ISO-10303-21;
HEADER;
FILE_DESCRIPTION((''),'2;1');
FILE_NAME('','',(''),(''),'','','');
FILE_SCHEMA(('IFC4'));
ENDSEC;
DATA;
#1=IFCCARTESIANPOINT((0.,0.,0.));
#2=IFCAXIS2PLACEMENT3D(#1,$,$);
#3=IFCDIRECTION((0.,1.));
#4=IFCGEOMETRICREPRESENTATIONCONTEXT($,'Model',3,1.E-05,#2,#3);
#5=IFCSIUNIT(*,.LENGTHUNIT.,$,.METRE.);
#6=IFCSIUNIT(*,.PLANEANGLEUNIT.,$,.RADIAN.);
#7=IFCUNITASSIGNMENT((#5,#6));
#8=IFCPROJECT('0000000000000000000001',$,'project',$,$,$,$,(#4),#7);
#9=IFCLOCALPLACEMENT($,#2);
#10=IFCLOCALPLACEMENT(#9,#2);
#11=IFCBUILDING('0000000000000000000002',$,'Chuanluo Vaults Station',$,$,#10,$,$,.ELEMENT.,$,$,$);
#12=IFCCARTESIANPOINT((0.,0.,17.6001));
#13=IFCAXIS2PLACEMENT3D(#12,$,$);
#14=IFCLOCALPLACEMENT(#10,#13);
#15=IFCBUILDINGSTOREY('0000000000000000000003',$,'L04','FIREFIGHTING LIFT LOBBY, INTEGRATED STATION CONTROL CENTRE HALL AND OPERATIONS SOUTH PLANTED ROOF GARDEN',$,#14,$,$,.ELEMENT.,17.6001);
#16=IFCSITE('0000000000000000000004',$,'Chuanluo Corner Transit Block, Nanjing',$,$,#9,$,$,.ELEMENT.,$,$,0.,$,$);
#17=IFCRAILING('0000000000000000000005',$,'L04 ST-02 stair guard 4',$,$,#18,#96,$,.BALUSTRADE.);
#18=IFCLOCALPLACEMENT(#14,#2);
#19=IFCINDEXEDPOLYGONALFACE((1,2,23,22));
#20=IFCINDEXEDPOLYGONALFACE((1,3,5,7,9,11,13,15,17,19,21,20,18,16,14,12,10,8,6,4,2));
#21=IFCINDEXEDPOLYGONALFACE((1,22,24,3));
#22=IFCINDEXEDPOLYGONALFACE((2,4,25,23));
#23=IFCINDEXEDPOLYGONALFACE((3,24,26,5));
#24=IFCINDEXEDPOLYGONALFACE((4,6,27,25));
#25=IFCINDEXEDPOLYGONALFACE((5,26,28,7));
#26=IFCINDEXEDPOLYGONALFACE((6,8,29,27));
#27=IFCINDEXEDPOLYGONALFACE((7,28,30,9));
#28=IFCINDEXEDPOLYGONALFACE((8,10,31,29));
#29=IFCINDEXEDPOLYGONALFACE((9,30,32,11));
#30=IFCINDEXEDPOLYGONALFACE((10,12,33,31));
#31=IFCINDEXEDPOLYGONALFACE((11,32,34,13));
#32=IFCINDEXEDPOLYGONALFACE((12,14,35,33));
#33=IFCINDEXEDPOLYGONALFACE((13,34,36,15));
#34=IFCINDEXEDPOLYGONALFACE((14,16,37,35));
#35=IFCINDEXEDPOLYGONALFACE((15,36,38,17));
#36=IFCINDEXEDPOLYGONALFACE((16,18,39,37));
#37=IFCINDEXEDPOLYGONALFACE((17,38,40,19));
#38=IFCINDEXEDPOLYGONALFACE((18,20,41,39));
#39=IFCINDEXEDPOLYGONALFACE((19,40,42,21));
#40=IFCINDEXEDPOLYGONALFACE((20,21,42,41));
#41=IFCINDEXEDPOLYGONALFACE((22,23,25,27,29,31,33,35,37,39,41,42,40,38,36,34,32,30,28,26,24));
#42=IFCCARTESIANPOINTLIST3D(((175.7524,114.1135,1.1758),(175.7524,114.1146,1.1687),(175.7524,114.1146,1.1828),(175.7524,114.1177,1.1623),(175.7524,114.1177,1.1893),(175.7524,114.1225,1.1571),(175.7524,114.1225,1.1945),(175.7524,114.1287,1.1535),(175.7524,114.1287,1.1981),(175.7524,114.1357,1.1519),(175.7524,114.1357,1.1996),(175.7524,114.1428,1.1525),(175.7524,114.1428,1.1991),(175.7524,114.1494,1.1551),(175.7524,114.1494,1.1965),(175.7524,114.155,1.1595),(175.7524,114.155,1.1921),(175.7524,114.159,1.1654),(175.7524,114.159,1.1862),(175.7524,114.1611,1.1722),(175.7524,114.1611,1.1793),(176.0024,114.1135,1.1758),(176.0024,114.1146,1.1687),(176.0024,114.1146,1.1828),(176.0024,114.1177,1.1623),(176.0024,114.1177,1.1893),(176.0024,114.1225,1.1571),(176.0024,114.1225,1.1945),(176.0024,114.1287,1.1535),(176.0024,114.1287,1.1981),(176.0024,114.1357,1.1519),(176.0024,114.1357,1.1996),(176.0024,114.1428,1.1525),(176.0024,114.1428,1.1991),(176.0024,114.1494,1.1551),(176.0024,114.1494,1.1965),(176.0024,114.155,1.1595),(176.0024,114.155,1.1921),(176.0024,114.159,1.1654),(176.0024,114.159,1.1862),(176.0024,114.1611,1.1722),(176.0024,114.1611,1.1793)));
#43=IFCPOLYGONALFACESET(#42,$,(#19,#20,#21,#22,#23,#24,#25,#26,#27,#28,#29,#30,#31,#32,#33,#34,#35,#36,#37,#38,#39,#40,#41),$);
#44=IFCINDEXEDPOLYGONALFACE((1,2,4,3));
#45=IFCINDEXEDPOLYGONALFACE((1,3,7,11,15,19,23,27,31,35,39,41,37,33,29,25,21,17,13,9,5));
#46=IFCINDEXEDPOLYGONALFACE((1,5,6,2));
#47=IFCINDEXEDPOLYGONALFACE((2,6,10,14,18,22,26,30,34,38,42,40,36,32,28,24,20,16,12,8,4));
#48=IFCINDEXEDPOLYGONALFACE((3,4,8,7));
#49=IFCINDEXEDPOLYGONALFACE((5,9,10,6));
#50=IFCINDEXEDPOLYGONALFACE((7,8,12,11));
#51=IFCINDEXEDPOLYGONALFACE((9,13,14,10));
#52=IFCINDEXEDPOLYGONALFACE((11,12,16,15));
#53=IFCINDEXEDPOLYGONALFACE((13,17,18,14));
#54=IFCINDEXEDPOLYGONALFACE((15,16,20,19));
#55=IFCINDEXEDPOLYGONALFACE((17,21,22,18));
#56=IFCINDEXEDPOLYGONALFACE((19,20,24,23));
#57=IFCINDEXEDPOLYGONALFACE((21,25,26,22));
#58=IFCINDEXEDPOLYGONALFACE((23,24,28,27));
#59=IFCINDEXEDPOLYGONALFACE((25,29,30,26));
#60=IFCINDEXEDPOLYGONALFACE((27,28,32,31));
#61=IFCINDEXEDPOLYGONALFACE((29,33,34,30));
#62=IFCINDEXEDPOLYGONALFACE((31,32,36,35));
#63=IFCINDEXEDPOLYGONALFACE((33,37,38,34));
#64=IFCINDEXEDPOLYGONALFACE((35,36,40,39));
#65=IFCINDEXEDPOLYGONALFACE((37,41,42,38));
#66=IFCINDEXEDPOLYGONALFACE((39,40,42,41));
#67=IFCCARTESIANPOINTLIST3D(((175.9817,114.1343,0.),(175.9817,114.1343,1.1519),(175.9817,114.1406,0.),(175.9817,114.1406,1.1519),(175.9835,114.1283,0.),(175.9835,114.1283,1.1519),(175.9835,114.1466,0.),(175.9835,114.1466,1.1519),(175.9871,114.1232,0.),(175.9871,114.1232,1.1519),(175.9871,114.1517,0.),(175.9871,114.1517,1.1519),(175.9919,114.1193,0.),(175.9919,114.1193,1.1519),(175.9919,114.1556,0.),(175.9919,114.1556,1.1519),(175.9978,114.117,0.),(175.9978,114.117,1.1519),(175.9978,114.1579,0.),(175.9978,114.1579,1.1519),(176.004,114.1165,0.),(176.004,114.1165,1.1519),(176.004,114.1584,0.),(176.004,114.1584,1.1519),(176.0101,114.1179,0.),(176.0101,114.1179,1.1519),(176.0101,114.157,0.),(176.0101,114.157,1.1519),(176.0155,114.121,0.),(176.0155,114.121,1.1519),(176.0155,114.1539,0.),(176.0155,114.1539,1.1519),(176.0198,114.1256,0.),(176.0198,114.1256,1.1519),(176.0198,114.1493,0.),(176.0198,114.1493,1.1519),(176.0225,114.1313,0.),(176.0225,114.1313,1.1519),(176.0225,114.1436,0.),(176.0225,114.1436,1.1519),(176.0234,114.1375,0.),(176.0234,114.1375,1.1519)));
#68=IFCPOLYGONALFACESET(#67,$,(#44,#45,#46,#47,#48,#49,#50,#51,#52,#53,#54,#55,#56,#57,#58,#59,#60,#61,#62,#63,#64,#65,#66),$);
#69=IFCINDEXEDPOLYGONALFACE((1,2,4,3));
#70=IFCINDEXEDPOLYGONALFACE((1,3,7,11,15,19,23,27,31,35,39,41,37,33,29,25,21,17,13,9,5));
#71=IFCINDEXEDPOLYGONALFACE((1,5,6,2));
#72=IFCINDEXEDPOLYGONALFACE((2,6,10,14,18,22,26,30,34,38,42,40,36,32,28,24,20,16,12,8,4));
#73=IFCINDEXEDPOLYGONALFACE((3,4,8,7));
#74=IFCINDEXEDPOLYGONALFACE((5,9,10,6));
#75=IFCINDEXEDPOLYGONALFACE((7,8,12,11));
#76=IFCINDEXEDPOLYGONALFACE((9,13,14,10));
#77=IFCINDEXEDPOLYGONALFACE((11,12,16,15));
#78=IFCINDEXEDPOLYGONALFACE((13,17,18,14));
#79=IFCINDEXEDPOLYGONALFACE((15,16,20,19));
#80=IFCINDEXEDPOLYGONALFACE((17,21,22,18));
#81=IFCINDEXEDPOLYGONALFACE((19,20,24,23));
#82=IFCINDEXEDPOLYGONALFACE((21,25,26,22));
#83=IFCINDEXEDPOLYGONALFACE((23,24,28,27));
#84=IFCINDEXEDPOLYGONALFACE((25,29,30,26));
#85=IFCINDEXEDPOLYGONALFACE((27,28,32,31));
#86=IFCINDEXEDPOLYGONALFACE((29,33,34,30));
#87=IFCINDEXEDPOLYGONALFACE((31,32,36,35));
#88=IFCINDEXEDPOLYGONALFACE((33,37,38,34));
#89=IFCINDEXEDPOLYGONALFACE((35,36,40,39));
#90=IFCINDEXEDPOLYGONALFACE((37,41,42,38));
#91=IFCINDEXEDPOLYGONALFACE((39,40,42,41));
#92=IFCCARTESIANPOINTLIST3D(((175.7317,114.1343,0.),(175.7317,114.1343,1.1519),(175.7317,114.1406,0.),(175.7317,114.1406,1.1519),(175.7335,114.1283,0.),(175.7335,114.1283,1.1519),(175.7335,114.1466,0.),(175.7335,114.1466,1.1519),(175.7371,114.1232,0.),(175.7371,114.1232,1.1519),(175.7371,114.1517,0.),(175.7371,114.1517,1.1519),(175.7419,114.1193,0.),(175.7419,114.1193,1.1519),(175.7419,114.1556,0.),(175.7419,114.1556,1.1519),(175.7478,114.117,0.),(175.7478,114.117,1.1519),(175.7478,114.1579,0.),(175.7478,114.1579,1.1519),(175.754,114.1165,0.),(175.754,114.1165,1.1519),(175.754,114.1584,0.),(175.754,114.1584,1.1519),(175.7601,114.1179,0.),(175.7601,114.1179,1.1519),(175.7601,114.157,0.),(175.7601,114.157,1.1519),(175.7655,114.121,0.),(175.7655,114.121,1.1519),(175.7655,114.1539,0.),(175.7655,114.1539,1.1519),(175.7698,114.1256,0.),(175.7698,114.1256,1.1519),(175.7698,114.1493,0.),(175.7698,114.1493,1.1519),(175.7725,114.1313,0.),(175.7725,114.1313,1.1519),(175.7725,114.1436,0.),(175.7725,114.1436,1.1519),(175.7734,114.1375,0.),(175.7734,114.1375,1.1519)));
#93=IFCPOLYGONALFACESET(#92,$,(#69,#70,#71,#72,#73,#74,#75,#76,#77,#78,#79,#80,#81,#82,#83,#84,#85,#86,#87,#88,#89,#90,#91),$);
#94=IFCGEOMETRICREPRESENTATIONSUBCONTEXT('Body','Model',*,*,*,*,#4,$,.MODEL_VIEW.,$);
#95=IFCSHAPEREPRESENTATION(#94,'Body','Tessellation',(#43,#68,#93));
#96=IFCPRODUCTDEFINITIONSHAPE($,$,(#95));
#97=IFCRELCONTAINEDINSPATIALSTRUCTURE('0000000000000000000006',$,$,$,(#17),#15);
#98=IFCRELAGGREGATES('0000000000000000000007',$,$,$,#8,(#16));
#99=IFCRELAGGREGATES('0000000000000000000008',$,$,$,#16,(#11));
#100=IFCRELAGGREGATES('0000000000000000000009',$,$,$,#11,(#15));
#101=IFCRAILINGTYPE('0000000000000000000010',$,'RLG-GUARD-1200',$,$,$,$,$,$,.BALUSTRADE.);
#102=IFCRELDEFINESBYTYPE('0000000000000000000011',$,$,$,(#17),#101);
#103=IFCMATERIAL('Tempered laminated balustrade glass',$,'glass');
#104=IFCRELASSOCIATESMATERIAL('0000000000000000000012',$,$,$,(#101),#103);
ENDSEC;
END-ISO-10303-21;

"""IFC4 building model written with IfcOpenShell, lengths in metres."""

from ifc_helpers import new_model, si_unit, direction, frame, origin, origin_2d, place, context, subcontext, project, spatial, circle, extrude, material, type_object, element, save


model = new_model("IFC4")

# Units and contexts
model_context = context("Model", 3, precision=1e-05, world=origin(), true_north=direction((0.0, 1.0)))
body_context = subcontext(model_context, "Body", "Model", "MODEL_VIEW")
ifc_project = project(units=[si_unit("LENGTHUNIT", "METRE"), si_unit("PLANEANGLEUNIT", "RADIAN")], contexts=[model_context])

# Site, building, storey
site_placement = place(None, origin())
site = spatial("IfcSite", under=ifc_project, at=site_placement, Name="Chuanluo Corner Transit Block, Nanjing", CompositionType="ELEMENT", RefElevation=0.0)
building_placement = place(site_placement, origin())
building = spatial("IfcBuilding", under=site, at=building_placement, Name="Chuanluo Vaults Station", CompositionType="ELEMENT")
storey_placement = place(building_placement, frame((0.0, 0.0, 17.6001)))
storey = spatial("IfcBuildingStorey", under=building, at=storey_placement, Name="L04", Description="FIREFIGHTING LIFT LOBBY, INTEGRATED STATION CONTROL CENTRE HALL AND OPERATIONS SOUTH PLANTED ROOF GARDEN", CompositionType="ELEMENT", Elevation=17.6001)

# Railing
ifc_material_1 = material(Name="Tempered laminated balustrade glass", Category="glass")
railing_type_1 = type_object("IfcRailingType", Name="RLG-GUARD-1200", PredefinedType="BALUSTRADE", material=ifc_material_1)
railing_1_placement = place(storey_placement, frame((176.0024, 114.1375, 0.0)))
element("IfcRailing", 1, at=railing_1_placement, inside=storey, type_object=railing_type_1, Name="L04 ST-02 stair guard 4", PredefinedType="BALUSTRADE", context=body_context, shape_type="SweptSolid", body=[
    extrude(circle(Radius=0.0239, at=origin_2d()), frame((0.0, 0.0, 1.1758), z_axis=(-1.0, 0.0, 0.0), x_axis=(0.0, -1.0, 0.0)), (0.0, 0.0, 1.0), 0.25),
    extrude(circle(Radius=0.021, at=origin_2d()), origin(), (0.0, 0.0, 1.0), 1.1519),
    extrude(circle(Radius=0.021, at=origin_2d()), frame((-0.25, 0.0, 0.0)), (0.0, 0.0, 1.0), 1.1519),
])

save(model, "model.ifc")
